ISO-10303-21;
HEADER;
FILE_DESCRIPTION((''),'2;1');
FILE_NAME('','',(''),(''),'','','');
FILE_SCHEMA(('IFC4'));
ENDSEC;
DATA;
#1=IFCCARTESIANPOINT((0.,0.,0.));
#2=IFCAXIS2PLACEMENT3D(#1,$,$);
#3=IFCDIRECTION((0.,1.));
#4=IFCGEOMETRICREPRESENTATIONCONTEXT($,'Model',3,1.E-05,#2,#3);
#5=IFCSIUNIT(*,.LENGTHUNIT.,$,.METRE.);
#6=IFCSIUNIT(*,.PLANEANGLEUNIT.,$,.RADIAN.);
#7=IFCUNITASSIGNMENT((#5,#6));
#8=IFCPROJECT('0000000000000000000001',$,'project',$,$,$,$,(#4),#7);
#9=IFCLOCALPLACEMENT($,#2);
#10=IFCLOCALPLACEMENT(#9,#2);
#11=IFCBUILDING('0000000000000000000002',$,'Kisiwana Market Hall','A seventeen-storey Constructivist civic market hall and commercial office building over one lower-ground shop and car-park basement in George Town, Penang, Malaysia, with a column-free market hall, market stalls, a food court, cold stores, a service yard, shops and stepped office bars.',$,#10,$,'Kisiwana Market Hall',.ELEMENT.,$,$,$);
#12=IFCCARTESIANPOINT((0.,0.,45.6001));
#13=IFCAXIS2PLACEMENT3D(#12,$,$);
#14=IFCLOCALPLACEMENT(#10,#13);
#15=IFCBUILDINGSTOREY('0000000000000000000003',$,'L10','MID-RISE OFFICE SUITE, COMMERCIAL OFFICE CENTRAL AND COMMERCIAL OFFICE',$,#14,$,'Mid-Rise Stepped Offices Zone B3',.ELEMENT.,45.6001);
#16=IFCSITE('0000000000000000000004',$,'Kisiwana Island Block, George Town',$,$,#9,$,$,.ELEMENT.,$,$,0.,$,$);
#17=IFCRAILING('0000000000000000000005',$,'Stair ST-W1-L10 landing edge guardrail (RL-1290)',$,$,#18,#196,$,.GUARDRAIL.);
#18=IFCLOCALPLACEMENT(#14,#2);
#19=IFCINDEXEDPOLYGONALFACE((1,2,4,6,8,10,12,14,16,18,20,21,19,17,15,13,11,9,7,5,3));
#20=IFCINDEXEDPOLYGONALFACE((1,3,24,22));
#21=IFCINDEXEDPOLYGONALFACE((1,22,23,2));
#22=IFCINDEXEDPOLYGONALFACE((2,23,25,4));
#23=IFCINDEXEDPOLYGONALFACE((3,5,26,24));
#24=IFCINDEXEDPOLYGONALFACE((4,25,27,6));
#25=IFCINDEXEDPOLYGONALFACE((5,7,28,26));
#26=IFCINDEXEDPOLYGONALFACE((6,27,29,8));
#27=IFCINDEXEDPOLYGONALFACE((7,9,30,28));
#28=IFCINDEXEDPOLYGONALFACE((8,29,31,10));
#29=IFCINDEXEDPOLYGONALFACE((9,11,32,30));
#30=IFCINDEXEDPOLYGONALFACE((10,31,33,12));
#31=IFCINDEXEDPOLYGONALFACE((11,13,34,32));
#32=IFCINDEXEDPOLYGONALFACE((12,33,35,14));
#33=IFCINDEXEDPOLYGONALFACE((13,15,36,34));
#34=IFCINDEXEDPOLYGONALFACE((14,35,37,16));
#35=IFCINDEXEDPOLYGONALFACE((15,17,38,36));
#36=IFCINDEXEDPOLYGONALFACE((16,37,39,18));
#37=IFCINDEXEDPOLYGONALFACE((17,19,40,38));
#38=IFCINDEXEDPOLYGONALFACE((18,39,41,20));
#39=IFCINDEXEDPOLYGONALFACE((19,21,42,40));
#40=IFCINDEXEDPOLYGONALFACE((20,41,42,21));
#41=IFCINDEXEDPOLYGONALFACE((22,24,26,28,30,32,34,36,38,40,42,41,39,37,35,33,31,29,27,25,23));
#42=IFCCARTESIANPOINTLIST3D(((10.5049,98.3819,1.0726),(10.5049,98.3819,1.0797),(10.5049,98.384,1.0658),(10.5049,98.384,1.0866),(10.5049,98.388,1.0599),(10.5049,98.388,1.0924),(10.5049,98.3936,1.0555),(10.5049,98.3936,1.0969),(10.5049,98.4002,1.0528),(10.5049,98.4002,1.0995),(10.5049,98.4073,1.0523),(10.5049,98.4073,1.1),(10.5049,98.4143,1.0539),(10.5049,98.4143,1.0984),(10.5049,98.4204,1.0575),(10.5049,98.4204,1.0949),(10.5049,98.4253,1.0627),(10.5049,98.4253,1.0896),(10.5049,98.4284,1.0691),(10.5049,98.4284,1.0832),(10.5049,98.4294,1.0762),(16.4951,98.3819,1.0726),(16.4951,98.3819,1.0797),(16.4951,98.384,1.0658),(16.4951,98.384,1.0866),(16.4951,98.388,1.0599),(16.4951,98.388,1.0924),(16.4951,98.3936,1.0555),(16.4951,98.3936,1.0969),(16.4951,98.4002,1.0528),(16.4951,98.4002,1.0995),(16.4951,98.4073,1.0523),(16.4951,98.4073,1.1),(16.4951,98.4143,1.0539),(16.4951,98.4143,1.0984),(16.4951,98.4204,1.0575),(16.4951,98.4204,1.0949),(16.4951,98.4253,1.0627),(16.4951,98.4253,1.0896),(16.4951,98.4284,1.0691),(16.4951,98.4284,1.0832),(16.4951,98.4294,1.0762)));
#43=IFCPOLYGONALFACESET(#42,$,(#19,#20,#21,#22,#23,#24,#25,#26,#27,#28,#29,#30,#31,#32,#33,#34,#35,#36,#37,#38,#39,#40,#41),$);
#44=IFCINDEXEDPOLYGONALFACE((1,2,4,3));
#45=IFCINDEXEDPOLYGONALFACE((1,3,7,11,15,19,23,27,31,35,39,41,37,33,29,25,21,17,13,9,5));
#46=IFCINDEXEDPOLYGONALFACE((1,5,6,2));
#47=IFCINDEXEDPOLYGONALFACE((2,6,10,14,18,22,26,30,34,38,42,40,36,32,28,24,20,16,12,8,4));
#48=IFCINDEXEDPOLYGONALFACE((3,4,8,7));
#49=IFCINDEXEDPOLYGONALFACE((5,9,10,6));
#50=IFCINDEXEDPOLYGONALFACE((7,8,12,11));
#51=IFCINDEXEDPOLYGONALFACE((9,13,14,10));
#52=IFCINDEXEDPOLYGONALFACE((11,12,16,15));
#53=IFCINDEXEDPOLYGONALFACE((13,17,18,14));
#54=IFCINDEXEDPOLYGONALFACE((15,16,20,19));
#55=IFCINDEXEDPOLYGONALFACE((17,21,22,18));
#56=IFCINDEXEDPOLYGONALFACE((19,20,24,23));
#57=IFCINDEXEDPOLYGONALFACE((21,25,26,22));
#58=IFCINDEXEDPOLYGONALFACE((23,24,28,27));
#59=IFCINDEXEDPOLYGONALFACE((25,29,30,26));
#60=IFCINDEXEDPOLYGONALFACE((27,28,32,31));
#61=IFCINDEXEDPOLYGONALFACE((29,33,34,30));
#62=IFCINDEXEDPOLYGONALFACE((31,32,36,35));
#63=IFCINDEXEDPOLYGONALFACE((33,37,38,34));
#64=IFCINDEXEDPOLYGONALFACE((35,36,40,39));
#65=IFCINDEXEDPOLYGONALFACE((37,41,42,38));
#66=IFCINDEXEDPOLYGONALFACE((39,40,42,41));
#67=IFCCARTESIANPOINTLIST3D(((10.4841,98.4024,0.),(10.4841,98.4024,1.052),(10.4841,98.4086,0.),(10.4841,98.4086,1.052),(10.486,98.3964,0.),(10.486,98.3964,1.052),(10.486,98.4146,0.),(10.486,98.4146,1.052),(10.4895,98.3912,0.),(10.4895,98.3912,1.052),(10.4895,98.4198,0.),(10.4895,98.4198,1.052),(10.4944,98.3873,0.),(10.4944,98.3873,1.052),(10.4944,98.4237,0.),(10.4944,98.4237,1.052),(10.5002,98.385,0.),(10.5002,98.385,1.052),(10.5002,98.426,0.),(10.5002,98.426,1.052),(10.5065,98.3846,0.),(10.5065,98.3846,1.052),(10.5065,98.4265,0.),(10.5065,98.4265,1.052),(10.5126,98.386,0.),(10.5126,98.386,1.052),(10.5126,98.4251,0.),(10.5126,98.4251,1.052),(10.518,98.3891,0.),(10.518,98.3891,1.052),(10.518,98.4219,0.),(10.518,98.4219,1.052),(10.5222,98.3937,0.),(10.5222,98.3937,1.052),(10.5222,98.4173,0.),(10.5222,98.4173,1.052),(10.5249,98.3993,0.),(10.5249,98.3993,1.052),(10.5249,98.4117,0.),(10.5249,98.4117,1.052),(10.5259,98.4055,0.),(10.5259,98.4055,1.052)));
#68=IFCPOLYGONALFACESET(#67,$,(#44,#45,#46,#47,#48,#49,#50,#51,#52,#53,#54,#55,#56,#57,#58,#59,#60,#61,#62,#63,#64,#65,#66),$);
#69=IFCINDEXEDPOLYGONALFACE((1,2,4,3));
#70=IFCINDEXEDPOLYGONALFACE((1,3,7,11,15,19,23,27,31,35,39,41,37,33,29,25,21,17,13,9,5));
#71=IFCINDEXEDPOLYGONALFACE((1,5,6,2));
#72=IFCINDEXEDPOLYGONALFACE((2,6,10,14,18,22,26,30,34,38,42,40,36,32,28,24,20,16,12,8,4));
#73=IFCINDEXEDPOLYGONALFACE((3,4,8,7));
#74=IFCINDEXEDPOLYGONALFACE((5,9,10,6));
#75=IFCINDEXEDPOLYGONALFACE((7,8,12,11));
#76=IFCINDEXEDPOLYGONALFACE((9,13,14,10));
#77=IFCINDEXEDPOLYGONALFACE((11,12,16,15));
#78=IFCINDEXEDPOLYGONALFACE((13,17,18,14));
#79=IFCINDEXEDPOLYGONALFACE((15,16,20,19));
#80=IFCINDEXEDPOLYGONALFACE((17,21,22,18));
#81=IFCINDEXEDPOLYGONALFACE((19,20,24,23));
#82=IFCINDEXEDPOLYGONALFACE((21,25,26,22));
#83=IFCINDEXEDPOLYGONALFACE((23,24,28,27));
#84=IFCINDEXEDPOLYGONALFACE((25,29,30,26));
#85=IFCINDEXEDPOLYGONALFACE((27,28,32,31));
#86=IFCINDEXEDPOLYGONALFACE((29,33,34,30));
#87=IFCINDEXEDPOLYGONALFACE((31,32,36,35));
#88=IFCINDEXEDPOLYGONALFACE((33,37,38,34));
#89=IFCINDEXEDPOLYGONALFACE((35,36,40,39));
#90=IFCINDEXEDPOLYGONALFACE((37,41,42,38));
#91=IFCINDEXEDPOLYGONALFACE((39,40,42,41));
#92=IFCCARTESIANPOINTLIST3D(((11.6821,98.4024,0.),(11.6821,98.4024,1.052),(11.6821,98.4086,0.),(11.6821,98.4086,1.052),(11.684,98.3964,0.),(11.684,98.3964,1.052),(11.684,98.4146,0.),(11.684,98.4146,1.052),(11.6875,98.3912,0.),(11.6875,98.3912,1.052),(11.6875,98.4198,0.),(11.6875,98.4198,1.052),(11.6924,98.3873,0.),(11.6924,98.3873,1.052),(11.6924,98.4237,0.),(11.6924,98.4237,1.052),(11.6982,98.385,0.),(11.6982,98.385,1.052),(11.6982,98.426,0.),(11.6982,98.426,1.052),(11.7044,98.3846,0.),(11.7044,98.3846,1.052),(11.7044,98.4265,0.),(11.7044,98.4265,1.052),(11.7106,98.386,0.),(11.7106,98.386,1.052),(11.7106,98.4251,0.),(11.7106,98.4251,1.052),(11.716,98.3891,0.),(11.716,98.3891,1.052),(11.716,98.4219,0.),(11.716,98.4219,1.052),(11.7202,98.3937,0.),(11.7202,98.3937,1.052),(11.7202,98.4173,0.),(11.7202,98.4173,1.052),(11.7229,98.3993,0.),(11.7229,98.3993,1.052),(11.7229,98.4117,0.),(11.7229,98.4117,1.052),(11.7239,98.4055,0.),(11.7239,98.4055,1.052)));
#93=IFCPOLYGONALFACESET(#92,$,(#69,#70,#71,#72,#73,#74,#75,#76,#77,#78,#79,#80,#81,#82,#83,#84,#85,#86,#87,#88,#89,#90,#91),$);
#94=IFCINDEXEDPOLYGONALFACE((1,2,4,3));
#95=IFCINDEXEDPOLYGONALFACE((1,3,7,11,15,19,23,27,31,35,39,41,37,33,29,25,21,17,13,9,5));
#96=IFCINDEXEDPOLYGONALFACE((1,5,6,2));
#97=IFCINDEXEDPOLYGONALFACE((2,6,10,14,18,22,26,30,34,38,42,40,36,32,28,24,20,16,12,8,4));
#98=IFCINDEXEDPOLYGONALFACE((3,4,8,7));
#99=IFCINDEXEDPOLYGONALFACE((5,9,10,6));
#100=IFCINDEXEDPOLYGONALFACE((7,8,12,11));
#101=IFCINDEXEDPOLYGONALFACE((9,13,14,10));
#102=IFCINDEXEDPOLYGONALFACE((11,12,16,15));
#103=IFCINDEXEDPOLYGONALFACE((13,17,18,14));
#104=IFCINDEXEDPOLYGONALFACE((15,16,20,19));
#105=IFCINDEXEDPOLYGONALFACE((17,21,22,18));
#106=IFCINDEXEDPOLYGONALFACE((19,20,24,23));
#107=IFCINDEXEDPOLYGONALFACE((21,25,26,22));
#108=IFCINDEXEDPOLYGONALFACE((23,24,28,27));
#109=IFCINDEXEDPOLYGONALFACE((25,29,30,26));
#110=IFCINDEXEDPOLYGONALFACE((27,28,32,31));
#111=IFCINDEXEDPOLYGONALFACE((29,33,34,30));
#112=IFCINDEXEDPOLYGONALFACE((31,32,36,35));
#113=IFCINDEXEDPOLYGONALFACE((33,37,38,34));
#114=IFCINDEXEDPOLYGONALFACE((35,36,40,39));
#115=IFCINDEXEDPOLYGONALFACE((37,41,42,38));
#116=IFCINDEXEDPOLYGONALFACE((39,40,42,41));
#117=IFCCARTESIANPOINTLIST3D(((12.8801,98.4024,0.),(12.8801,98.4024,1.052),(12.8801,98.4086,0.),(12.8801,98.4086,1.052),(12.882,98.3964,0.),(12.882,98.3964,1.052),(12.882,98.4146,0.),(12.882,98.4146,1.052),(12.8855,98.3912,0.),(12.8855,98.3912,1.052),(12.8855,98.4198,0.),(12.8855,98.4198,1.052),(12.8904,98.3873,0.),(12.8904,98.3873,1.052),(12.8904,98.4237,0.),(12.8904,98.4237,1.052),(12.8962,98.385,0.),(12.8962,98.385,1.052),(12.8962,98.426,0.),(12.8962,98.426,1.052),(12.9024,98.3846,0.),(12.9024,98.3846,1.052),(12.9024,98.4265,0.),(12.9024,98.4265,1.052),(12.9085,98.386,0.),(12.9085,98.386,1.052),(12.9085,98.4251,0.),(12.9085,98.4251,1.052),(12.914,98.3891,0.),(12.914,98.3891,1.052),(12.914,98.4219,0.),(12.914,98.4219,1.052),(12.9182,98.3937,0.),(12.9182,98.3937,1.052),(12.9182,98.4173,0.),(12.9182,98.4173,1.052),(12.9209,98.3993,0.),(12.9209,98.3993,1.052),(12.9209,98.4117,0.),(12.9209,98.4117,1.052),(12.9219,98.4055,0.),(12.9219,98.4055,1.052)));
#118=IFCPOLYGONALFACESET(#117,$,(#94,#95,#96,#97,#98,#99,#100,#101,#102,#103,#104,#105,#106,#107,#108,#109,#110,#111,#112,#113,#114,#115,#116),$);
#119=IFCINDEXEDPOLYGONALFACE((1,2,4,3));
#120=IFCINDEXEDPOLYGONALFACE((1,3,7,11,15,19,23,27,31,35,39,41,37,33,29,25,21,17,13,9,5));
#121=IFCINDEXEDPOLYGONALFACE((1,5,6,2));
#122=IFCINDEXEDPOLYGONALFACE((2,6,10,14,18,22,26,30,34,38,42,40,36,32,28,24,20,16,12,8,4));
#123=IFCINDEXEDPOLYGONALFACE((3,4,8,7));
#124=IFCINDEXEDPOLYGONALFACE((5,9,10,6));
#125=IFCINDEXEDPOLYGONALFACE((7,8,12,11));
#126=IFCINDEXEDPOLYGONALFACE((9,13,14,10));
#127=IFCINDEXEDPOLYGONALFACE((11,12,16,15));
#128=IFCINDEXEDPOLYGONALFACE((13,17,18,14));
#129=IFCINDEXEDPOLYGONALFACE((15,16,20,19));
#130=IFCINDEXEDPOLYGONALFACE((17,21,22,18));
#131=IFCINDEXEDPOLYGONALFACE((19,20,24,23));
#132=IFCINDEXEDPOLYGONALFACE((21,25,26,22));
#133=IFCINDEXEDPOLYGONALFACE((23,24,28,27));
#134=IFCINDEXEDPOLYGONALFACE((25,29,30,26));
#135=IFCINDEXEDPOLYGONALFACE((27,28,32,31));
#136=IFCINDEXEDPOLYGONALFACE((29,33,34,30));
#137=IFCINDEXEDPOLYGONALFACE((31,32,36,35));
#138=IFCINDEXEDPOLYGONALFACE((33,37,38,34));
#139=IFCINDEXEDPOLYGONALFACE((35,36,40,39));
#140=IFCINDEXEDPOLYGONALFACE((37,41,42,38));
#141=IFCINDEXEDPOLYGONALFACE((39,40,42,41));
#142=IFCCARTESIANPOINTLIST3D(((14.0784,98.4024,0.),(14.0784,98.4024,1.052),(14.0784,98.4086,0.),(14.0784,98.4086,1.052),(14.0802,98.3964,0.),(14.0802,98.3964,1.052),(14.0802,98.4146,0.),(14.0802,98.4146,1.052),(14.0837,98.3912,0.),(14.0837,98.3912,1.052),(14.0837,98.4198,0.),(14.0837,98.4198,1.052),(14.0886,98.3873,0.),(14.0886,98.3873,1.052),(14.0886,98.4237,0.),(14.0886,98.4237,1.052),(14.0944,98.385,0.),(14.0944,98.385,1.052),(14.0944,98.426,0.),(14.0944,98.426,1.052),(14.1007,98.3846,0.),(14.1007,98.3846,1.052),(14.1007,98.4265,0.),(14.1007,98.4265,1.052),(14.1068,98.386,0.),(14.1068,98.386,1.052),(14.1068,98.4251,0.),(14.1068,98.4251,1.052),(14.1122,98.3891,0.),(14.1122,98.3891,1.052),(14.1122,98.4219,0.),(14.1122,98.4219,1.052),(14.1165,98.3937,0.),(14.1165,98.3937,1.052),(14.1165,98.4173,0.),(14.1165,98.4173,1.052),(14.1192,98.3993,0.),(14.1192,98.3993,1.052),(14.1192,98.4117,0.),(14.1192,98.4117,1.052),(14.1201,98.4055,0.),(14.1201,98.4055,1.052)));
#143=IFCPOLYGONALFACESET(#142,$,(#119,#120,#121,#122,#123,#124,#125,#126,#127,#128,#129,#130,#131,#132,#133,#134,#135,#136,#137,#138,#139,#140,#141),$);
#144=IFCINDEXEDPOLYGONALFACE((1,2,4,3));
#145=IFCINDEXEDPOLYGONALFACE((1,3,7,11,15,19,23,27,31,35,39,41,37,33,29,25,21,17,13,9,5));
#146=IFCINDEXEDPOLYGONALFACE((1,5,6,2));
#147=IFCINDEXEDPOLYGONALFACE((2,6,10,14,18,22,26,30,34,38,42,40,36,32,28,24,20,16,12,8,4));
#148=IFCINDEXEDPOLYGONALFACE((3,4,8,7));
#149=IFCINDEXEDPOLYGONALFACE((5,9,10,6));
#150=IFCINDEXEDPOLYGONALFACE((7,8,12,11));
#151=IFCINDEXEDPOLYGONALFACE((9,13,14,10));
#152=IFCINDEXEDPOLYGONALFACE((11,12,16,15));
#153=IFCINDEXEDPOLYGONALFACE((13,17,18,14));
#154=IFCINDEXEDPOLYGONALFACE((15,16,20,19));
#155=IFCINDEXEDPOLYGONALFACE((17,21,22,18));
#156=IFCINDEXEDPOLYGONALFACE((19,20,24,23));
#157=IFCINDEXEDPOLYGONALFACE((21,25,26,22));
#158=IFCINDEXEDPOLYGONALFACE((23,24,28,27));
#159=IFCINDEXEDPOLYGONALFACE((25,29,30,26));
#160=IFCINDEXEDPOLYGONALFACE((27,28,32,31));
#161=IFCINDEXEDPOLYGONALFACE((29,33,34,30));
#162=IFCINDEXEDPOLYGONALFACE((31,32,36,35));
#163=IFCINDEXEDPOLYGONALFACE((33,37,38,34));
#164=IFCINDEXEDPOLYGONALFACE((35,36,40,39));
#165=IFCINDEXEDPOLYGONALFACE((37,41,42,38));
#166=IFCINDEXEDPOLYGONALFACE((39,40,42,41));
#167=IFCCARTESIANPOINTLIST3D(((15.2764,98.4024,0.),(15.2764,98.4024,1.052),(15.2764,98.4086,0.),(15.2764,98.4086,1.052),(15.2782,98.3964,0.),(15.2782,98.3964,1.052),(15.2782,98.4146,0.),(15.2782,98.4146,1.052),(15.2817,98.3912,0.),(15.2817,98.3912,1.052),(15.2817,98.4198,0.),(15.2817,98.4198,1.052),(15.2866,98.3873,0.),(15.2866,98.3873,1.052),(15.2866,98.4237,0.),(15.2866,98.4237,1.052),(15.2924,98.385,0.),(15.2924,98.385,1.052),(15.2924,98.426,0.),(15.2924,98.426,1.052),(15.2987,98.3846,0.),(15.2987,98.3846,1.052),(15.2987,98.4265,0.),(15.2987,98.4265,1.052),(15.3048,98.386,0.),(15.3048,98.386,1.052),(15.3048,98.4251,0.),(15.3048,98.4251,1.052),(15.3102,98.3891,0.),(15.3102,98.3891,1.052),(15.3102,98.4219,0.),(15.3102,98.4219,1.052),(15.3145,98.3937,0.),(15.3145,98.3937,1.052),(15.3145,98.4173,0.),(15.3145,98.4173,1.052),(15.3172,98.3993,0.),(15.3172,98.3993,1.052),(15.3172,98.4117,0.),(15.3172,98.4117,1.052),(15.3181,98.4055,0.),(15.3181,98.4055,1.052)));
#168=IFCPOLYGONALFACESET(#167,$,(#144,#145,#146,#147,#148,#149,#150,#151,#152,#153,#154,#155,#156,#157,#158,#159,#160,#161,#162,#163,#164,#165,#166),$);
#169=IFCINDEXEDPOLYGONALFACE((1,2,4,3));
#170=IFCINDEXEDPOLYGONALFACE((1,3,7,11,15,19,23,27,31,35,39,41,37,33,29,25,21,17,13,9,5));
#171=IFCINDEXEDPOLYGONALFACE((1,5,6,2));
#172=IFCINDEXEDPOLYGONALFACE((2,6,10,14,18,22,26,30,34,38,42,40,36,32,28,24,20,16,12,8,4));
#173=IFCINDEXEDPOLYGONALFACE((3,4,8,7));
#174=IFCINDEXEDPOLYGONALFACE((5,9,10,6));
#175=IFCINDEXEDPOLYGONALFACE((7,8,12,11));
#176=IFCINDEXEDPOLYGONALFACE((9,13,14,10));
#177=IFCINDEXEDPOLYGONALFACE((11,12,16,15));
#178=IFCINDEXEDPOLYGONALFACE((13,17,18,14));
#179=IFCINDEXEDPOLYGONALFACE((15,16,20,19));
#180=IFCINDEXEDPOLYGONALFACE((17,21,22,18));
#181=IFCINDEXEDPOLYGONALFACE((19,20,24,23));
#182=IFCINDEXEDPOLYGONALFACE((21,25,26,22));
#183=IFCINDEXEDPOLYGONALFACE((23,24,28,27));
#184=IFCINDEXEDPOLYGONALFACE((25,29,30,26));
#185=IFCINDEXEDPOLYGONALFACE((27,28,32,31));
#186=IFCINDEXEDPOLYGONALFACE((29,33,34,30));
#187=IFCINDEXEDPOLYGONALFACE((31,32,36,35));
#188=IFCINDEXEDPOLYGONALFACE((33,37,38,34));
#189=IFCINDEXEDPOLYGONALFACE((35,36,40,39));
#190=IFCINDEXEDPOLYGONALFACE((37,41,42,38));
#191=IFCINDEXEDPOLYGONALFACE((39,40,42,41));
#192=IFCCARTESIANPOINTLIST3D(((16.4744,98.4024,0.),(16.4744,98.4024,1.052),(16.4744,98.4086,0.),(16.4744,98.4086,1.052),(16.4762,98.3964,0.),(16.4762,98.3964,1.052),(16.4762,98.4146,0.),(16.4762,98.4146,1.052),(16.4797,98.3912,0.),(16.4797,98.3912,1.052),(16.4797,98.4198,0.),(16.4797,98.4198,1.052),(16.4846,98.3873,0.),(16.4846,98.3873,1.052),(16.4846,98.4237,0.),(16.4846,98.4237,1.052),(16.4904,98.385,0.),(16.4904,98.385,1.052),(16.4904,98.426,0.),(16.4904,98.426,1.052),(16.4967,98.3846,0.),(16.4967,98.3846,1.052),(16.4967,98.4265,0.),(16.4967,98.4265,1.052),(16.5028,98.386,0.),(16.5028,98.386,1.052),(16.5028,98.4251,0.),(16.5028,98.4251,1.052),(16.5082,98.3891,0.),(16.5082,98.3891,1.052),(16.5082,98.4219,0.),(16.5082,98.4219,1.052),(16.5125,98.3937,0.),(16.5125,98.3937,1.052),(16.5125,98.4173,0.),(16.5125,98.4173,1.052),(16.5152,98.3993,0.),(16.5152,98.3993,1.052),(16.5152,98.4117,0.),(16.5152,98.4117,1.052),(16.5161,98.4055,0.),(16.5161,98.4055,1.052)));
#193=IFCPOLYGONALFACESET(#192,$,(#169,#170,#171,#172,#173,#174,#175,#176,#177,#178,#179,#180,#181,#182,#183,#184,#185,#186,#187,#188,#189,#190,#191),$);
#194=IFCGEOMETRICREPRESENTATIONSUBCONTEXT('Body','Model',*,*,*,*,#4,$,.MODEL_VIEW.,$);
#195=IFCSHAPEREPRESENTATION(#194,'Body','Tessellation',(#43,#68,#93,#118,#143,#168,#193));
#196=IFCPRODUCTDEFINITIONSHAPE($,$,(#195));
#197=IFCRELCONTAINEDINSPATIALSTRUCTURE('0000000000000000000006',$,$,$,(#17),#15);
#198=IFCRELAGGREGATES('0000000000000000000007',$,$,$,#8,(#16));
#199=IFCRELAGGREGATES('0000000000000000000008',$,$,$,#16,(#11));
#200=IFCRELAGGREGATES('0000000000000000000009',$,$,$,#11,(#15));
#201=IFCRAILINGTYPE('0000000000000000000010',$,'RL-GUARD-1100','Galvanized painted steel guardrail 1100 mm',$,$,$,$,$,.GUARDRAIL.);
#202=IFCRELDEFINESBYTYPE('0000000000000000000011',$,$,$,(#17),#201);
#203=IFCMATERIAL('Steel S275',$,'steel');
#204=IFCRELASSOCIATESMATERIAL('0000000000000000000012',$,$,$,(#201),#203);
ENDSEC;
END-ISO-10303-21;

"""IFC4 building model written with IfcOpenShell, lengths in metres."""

from ifc_helpers import new_model, si_unit, direction, frame, origin, origin_2d, place, context, subcontext, project, spatial, circle, extrude, material, type_object, element, save


model = new_model("IFC4")

# Units and contexts
model_context = context("Model", 3, precision=1e-05, world=origin(), true_north=direction((0.0, 1.0)))
body_context = subcontext(model_context, "Body", "Model", "MODEL_VIEW")
ifc_project = project(units=[si_unit("LENGTHUNIT", "METRE"), si_unit("PLANEANGLEUNIT", "RADIAN")], contexts=[model_context])

# Site, building, storey
site_placement = place(None, origin())
site = spatial("IfcSite", under=ifc_project, at=site_placement, Name="Kisiwana Island Block, George Town", CompositionType="ELEMENT", RefElevation=0.0)
building_placement = place(site_placement, origin())
building = spatial("IfcBuilding", under=site, at=building_placement, Name="Kisiwana Market Hall", Description="A seventeen-storey Constructivist civic market hall and commercial office building over one lower-ground shop and car-park basement in George Town, Penang, Malaysia, with a column-free market hall, market stalls, a food court, cold stores, a service yard, shops and stepped office bars.", LongName="Kisiwana Market Hall", CompositionType="ELEMENT")
storey_placement = place(building_placement, frame((0.0, 0.0, 45.6001)))
storey = spatial("IfcBuildingStorey", under=building, at=storey_placement, Name="L10", Description="MID-RISE OFFICE SUITE, COMMERCIAL OFFICE CENTRAL AND COMMERCIAL OFFICE", LongName="Mid-Rise Stepped Offices Zone B3", CompositionType="ELEMENT", Elevation=45.6001)

# Railing
ifc_material_1 = material(Name="Steel S275", Category="steel")
railing_type_1 = type_object("IfcRailingType", Name="RL-GUARD-1100", Description="Galvanized painted steel guardrail 1100 mm", PredefinedType="GUARDRAIL", material=ifc_material_1)
railing_1_placement = place(storey_placement, frame((10.5049, 98.4055, 0.0)))
element("IfcRailing", 1, at=railing_1_placement, inside=storey, type_object=railing_type_1, Name="Stair ST-W1-L10 landing edge guardrail (RL-1290)", PredefinedType="GUARDRAIL", context=body_context, shape_type="SweptSolid", body=[
    extrude(circle(Radius=0.0239, at=origin_2d()), frame((0.0, 0.0, 1.0762), z_axis=(1.0, 0.0, 0.0), x_axis=(0.0, 1.0, 0.0)), (0.0, 0.0, 1.0), 5.9902),
    extrude(circle(Radius=0.021, at=origin_2d()), origin(), (0.0, 0.0, 1.0), 1.052),
    extrude(circle(Radius=0.021, at=origin_2d()), frame((1.198, 0.0, 0.0)), (0.0, 0.0, 1.0), 1.052),
    extrude(circle(Radius=0.021, at=origin_2d()), frame((2.396, 0.0, 0.0)), (0.0, 0.0, 1.0), 1.052),
    extrude(circle(Radius=0.021, at=origin_2d()), frame((3.5942, 0.0, 0.0)), (0.0, 0.0, 1.0), 1.052),
    extrude(circle(Radius=0.021, at=origin_2d()), frame((4.7922, 0.0, 0.0)), (0.0, 0.0, 1.0), 1.052),
    extrude(circle(Radius=0.021, at=origin_2d()), frame((5.9902, 0.0, 0.0)), (0.0, 0.0, 1.0), 1.052),
])

save(model, "model.ifc")
